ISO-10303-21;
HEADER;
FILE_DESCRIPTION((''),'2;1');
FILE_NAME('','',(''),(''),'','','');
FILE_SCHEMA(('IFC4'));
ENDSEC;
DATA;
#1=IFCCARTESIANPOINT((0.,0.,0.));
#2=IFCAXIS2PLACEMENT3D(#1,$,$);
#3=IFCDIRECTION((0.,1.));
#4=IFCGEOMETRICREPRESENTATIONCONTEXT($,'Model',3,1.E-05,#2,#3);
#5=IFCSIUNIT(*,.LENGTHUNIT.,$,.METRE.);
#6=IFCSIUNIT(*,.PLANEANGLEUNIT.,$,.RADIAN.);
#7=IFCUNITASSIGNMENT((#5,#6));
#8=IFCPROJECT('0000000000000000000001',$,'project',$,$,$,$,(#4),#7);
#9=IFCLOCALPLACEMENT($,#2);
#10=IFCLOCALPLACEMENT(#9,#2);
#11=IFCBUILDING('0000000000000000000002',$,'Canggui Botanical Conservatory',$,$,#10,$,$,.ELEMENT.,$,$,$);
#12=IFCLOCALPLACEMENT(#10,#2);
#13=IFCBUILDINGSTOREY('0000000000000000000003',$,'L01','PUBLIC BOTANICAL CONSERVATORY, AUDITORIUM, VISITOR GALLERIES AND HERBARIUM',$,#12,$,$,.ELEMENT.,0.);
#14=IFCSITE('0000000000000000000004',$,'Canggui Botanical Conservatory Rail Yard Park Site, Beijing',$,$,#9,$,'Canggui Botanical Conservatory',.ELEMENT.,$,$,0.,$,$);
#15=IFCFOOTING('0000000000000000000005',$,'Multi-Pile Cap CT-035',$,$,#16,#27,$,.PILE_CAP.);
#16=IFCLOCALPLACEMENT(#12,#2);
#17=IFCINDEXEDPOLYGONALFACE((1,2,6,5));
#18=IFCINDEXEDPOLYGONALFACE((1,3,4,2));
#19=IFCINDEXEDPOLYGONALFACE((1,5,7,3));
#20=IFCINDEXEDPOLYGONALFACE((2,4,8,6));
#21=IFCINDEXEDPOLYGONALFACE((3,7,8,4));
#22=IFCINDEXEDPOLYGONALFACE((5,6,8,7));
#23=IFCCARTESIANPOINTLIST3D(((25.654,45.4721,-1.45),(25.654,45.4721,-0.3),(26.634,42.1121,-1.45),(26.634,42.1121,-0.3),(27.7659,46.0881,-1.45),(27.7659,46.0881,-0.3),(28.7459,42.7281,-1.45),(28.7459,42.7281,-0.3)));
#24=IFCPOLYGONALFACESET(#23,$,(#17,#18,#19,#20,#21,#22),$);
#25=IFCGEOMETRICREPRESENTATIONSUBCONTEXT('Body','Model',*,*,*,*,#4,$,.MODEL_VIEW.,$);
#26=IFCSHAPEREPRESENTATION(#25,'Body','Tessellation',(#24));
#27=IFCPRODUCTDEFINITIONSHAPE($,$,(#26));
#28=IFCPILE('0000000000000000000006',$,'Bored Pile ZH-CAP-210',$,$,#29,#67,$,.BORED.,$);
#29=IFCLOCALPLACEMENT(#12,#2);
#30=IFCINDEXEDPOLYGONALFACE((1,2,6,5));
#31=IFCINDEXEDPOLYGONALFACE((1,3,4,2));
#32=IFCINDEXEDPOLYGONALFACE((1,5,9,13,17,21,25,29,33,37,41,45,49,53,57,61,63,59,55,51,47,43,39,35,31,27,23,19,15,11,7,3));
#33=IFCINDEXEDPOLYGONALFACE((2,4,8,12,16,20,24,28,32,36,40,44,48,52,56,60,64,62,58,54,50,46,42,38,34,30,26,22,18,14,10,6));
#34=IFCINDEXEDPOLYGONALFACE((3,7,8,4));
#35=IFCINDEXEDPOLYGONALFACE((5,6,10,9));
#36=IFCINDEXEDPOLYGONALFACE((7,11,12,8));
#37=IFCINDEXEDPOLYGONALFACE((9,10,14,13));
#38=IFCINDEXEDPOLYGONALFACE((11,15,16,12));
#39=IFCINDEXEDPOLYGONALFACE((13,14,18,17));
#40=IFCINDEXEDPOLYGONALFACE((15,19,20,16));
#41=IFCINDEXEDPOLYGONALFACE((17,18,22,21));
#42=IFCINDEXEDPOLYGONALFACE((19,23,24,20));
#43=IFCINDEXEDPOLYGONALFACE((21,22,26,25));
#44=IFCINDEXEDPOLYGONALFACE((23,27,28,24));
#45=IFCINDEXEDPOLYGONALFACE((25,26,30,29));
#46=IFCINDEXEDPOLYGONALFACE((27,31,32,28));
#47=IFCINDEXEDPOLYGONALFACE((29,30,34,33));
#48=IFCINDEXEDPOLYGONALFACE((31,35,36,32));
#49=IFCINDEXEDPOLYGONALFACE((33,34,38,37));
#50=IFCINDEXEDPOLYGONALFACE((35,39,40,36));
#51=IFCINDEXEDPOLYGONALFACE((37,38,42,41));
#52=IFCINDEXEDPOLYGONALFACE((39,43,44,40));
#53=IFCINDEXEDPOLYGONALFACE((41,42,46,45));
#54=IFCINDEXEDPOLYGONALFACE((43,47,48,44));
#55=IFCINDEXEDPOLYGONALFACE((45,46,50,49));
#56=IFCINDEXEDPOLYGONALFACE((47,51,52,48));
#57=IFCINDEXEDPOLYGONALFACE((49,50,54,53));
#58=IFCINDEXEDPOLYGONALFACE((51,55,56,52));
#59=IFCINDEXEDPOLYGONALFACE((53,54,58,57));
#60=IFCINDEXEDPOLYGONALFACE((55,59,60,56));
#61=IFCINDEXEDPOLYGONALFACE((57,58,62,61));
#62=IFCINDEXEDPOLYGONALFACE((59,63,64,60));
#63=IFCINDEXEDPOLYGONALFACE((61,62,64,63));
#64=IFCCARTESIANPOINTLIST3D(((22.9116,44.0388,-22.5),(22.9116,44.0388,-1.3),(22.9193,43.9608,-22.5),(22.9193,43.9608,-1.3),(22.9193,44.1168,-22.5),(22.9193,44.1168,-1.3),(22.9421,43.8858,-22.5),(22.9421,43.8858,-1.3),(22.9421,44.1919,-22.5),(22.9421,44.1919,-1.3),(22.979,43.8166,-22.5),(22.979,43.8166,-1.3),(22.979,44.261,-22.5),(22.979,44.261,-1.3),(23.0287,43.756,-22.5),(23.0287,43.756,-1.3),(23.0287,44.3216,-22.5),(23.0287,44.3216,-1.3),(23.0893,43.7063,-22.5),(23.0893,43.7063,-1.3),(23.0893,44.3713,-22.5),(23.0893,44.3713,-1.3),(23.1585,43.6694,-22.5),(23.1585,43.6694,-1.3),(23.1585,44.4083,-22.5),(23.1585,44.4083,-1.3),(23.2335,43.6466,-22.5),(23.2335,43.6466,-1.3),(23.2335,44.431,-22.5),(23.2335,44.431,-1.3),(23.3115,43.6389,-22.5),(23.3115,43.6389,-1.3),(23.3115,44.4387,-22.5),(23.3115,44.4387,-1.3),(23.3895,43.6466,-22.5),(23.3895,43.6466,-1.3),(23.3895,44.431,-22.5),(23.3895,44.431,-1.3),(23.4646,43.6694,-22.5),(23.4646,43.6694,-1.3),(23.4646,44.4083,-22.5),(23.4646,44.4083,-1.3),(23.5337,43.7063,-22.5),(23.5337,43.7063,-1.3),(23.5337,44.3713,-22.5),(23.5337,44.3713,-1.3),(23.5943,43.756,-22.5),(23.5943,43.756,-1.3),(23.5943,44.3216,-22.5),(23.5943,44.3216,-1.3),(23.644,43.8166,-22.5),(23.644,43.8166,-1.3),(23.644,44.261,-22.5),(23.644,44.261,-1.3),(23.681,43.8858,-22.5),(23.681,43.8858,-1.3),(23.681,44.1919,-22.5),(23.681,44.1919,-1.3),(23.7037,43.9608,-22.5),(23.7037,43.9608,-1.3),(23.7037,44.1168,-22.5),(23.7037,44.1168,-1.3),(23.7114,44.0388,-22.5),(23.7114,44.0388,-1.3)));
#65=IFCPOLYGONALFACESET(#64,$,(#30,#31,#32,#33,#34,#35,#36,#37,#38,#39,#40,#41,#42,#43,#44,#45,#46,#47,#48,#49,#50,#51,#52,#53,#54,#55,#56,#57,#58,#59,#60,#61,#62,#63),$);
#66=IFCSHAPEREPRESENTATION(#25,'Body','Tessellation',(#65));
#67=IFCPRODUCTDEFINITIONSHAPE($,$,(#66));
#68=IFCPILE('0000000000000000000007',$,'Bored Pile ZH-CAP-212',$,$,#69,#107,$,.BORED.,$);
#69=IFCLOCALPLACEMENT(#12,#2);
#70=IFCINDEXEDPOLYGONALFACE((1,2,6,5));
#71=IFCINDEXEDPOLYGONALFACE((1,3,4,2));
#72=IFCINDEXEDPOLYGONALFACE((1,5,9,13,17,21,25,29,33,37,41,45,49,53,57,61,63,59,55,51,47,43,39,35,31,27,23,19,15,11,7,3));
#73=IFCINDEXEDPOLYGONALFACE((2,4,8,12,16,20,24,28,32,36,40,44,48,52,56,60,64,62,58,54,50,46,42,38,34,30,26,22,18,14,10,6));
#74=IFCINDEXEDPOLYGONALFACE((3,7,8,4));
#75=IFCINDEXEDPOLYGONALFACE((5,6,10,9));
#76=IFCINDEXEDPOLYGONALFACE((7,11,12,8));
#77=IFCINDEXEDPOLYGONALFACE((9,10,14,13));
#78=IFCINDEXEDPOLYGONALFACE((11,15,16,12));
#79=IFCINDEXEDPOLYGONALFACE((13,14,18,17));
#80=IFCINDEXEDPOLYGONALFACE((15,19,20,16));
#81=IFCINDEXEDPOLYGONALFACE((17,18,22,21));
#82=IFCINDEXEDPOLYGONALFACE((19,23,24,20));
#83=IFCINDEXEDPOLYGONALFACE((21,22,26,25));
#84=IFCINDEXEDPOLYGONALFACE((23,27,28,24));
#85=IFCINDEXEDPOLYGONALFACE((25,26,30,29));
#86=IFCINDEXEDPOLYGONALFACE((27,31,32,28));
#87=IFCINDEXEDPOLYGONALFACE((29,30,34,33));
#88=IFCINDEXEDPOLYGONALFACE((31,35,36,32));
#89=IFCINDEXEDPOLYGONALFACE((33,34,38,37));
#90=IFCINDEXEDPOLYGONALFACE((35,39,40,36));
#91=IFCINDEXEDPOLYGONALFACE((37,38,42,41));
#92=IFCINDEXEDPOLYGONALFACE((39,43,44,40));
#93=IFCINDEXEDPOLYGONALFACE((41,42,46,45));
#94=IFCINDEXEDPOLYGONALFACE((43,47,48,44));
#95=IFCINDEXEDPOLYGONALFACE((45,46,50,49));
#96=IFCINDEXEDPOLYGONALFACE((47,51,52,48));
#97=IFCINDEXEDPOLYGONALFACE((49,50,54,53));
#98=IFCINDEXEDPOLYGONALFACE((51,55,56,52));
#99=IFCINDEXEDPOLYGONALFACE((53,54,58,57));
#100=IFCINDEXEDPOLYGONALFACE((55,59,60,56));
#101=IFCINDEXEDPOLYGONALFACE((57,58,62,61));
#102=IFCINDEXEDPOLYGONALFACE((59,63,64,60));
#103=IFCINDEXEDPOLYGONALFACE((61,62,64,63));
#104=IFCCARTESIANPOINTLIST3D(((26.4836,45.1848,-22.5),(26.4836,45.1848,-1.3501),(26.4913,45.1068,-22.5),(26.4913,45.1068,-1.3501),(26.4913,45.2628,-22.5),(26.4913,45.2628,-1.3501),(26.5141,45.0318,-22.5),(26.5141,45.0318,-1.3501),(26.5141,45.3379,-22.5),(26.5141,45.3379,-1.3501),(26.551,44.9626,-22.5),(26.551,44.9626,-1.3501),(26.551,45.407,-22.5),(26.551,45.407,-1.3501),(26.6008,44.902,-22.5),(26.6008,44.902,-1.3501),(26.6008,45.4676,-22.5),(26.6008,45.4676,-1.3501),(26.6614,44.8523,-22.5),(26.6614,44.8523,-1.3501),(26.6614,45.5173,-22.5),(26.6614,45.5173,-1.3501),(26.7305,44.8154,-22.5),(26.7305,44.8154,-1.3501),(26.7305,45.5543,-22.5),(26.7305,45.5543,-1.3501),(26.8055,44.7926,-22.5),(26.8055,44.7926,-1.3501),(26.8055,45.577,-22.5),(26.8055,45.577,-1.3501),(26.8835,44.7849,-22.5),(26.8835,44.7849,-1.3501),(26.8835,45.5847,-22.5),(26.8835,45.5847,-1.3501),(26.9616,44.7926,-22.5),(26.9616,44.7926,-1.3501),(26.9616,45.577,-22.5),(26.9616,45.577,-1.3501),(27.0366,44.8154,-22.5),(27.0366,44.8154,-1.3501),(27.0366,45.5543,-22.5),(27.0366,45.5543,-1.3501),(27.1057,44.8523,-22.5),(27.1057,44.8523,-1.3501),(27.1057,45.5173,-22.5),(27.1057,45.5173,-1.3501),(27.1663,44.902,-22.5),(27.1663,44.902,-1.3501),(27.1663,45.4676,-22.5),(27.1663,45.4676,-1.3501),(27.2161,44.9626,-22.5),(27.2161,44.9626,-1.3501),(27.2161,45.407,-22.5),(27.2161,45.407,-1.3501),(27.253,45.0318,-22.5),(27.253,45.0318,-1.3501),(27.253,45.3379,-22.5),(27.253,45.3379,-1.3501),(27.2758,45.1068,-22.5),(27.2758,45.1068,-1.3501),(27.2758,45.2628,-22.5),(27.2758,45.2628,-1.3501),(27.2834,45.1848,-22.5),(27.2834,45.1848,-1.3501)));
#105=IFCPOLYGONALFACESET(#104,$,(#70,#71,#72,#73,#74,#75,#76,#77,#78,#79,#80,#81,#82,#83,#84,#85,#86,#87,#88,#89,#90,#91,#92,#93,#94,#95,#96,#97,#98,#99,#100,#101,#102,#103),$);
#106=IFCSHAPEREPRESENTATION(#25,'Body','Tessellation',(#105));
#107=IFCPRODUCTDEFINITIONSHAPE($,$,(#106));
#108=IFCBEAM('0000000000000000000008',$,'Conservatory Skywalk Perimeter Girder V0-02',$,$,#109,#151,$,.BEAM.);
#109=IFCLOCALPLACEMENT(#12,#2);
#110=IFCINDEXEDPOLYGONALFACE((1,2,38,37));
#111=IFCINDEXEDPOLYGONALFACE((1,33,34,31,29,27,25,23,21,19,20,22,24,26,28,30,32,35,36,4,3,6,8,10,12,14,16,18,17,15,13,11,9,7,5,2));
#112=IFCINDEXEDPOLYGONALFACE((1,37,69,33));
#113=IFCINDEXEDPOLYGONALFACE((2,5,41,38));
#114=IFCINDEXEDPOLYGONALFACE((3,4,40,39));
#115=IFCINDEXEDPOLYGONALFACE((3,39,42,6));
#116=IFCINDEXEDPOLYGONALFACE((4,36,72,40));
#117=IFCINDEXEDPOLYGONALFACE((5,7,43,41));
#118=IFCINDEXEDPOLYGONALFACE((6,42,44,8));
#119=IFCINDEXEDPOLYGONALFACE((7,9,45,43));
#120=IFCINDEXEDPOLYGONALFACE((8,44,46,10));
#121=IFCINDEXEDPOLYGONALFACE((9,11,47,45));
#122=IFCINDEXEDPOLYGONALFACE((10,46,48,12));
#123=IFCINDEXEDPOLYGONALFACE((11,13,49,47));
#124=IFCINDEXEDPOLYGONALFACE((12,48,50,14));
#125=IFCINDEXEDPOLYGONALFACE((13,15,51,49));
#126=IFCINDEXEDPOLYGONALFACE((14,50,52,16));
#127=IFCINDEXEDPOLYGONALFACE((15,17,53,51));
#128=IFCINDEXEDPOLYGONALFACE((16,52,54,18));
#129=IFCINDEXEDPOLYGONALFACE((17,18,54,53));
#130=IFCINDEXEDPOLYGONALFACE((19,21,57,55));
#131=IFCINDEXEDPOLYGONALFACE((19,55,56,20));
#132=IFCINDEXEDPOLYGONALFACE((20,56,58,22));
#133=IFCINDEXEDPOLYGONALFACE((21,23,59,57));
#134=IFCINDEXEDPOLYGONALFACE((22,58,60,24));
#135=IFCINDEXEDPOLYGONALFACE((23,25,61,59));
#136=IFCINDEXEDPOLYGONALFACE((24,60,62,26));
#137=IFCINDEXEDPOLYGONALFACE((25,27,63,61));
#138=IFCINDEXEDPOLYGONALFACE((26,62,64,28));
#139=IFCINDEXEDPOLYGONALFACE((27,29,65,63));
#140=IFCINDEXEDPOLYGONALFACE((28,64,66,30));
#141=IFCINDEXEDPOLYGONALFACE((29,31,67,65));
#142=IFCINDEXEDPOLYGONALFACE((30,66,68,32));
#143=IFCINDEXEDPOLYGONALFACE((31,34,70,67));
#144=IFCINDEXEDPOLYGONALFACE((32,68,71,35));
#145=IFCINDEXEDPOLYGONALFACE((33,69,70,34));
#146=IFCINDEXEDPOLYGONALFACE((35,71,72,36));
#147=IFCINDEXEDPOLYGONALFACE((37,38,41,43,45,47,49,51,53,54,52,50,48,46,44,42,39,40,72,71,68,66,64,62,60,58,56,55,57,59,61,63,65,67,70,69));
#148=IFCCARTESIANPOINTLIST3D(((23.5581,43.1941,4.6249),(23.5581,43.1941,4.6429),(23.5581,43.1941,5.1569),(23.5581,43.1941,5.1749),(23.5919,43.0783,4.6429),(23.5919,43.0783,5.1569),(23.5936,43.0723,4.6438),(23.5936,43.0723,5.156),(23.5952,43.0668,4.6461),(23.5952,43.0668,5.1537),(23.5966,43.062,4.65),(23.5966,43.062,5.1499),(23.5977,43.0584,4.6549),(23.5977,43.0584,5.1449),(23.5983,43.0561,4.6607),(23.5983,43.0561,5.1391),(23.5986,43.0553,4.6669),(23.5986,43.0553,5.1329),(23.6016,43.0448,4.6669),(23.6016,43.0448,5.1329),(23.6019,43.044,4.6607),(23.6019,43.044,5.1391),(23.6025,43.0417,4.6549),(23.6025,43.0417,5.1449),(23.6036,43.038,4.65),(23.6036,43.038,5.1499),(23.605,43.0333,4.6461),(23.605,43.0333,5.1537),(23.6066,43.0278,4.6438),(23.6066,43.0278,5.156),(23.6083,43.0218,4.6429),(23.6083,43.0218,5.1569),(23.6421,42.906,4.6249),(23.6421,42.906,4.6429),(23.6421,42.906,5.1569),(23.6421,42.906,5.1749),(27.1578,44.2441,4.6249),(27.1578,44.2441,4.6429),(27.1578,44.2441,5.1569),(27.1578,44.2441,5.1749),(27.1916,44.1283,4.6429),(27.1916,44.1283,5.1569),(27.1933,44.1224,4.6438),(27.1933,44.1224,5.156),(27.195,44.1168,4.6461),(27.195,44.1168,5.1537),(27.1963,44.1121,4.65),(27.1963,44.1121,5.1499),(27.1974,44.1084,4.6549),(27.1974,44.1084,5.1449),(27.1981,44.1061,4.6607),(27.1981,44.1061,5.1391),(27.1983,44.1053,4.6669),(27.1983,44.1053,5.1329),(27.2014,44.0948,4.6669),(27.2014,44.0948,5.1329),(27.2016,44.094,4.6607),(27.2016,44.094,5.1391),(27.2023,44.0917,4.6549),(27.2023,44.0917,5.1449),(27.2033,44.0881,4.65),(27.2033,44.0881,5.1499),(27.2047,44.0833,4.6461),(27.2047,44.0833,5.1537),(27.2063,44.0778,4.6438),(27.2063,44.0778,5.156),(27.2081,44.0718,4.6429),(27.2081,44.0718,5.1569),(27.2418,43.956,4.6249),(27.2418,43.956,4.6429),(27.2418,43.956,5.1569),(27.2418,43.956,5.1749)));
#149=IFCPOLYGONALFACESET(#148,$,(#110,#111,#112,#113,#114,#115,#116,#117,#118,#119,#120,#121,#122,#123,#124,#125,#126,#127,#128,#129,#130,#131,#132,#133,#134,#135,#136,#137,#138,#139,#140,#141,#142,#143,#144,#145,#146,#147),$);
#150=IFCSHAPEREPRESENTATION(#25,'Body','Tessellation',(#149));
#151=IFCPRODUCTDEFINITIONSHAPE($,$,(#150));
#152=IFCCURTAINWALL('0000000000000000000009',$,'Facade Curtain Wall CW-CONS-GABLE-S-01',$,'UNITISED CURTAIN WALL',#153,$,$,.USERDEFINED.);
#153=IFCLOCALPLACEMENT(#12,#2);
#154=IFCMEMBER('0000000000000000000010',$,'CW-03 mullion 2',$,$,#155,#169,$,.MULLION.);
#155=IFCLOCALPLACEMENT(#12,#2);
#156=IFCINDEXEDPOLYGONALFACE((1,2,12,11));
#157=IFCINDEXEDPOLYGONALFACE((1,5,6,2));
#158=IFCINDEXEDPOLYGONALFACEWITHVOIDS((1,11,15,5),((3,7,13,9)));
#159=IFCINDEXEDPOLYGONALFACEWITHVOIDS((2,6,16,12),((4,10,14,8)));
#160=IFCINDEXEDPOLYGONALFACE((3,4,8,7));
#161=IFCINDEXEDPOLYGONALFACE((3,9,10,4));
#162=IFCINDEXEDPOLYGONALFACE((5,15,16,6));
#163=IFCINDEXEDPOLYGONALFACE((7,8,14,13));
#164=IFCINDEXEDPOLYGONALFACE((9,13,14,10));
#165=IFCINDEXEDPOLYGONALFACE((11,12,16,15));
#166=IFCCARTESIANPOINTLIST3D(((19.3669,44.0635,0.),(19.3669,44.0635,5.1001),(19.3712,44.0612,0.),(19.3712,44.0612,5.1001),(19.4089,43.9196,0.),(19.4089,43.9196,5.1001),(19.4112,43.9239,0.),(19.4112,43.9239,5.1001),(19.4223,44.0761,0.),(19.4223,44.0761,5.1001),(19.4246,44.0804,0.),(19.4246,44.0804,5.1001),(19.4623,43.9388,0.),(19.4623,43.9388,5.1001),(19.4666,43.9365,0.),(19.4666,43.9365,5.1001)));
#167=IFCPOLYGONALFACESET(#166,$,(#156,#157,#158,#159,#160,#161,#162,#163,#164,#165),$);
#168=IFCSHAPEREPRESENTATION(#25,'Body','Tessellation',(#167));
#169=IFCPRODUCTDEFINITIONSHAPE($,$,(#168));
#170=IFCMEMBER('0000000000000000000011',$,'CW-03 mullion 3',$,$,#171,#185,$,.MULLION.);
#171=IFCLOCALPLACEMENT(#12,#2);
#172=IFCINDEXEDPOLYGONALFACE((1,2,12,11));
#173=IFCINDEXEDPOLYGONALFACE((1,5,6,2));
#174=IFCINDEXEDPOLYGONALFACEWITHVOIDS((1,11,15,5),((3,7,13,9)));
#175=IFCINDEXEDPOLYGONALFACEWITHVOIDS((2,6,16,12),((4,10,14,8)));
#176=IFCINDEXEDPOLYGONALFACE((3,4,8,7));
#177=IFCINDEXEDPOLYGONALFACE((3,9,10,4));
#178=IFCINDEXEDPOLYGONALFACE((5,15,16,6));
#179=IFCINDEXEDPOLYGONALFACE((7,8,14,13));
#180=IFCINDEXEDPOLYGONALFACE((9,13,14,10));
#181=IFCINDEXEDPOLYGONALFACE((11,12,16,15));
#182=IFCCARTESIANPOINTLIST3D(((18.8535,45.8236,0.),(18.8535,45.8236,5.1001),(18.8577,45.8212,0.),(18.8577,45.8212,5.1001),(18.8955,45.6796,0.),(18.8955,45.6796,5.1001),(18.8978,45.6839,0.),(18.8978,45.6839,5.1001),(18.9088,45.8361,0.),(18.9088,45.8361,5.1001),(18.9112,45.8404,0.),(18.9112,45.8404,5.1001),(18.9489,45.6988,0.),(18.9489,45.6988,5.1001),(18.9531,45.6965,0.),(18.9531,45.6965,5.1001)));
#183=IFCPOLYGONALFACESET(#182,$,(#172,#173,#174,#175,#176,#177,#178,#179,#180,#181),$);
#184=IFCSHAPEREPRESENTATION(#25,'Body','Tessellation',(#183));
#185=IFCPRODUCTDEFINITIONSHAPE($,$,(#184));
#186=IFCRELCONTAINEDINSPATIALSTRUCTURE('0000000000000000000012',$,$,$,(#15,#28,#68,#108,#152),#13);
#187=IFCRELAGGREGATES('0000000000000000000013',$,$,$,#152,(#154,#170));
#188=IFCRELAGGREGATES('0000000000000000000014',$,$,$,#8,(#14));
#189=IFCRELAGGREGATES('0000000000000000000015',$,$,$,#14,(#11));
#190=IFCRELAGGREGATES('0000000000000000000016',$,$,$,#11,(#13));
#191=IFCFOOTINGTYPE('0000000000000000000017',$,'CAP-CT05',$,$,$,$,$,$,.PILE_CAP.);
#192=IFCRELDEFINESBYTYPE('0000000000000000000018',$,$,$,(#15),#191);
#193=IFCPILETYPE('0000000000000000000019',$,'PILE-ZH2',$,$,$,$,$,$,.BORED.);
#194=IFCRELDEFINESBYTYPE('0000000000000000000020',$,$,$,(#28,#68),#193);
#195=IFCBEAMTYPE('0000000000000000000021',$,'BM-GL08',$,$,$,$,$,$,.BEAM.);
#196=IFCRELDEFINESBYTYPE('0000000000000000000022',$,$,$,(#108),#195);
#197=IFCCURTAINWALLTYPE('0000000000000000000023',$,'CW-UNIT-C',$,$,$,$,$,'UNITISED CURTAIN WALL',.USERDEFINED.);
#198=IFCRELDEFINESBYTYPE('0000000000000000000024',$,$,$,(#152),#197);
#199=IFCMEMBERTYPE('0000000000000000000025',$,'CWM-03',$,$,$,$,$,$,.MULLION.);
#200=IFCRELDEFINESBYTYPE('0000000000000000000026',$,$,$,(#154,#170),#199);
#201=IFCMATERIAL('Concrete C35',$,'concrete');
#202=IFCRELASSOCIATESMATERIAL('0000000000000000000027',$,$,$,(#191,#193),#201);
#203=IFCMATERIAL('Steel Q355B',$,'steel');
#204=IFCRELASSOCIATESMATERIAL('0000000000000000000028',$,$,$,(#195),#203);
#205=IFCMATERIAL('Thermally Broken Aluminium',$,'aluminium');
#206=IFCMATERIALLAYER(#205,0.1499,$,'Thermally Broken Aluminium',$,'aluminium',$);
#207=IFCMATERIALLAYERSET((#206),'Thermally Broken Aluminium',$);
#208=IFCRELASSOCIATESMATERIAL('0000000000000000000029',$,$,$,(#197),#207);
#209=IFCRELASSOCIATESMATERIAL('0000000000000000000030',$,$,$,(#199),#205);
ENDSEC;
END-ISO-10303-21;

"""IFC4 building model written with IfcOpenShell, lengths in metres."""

from ifc_helpers import new_model, si_unit, direction, frame, origin, origin_2d, place, context, subcontext, project, spatial, rectangle, hollow_rectangle, circle, i_section, extrude, material, layer, layer_set, material_profile, profile_set, type_object, element, aggregate, save


model = new_model("IFC4")

# Units and contexts
model_context = context("Model", 3, precision=1e-05, world=origin(), true_north=direction((0.0, 1.0)))
body_context = subcontext(model_context, "Body", "Model", "MODEL_VIEW")
ifc_project = project(units=[si_unit("LENGTHUNIT", "METRE"), si_unit("PLANEANGLEUNIT", "RADIAN")], contexts=[model_context])

# Site, building, storey
site_placement = place(None, origin())
site = spatial("IfcSite", under=ifc_project, at=site_placement, Name="Canggui Botanical Conservatory Rail Yard Park Site, Beijing", LongName="Canggui Botanical Conservatory", CompositionType="ELEMENT", RefElevation=0.0)
building_placement = place(site_placement, origin())
building = spatial("IfcBuilding", under=site, at=building_placement, Name="Canggui Botanical Conservatory", CompositionType="ELEMENT")
storey_placement = place(building_placement, origin())
storey = spatial("IfcBuildingStorey", under=building, at=storey_placement, Name="L01", Description="PUBLIC BOTANICAL CONSERVATORY, AUDITORIUM, VISITOR GALLERIES AND HERBARIUM", CompositionType="ELEMENT", Elevation=0.0)

# Footing
ifc_material_1 = material(Name="Concrete C35", Category="concrete")
footing_type = type_object("IfcFootingType", Name="CAP-CT05", PredefinedType="PILE_CAP", material=ifc_material_1)
footing_placement = place(storey_placement, frame((27.2, 44.1001, -1.45), z_axis=(0.0, 0.0, 1.0), x_axis=(-0.28, 0.96, 0.0)))
element("IfcFooting", 1, at=footing_placement, inside=storey, type_object=footing_type, Name="Multi-Pile Cap CT-035", PredefinedType="PILE_CAP", context=body_context, shape_type="SweptSolid", body=[
    extrude(rectangle(XDim=3.5, YDim=2.2, at=origin_2d()), origin(), (0.0, 0.0, 1.0), 1.1499),
])

# Piles
ifc_material_profile_1 = material_profile(ifc_material_1, circle(Radius=0.3999, at=origin_2d()), Name="PILE D800")
ifc_profile_set_1 = profile_set([ifc_material_profile_1], Name="Concrete C35")
pile_type = type_object("IfcPileType", Name="PILE-ZH2", PredefinedType="BORED", material=ifc_profile_set_1)
pile_1_placement = place(storey_placement, frame((23.3115, 44.0388, -1.3), z_axis=(0.0, 0.0, -1.0), x_axis=(1.0, 0.0, 0.0)))
element("IfcPile", 2, at=pile_1_placement, inside=storey, type_object=pile_type, Name="Bored Pile ZH-CAP-210", PredefinedType="BORED", context=body_context, shape_type="SweptSolid", body=[
    extrude(circle(Radius=0.3999, at=origin_2d()), origin(), (0.0, 0.0, 1.0), 21.2),
])
pile_2_placement = place(storey_placement, frame((26.8835, 45.1848, -1.3501), z_axis=(0.0, 0.0, -1.0), x_axis=(1.0, 0.0, 0.0)))
element("IfcPile", 3, at=pile_2_placement, inside=storey, type_object=pile_type, Name="Bored Pile ZH-CAP-212", PredefinedType="BORED", context=body_context, shape_type="SweptSolid", body=[
    extrude(circle(Radius=0.3999, at=origin_2d()), origin(), (0.0, 0.0, 1.0), 21.1499),
])

# Beam
ifc_material_2 = material(Name="Steel Q355B", Category="steel")
ifc_material_profile_2 = material_profile(ifc_material_2, i_section(OverallWidth=0.3, OverallDepth=0.55, WebThickness=0.011, FlangeThickness=0.0181, FilletRadius=0.0239, at=origin_2d()), Name="HM 550x300x11x18")
ifc_profile_set_2 = profile_set([ifc_material_profile_2], Name="Steel Q355B")
beam_type = type_object("IfcBeamType", Name="BM-GL08", PredefinedType="BEAM", material=ifc_profile_set_2)
beam_placement = place(storey_placement, frame((23.6001, 43.05, 4.8999), z_axis=(0.959993, 0.280023, 0.0), x_axis=(-0.280023, 0.959993, 0.0)))
element("IfcBeam", 4, at=beam_placement, inside=storey, type_object=beam_type, Name="Conservatory Skywalk Perimeter Girder V0-02", PredefinedType="BEAM", context=body_context, shape_type="SweptSolid", body=[
    extrude(i_section(OverallWidth=0.3, OverallDepth=0.55, WebThickness=0.011, FlangeThickness=0.0181, FilletRadius=0.0239, at=origin_2d()), origin(), (0.0, 0.0, 1.0), 3.7498),
])

# Curtain wall, members
ifc_material_3 = material(Name="Thermally Broken Aluminium", Category="aluminium")
ifc_layer_1 = layer(ifc_material_3, 0.1499, Name="Thermally Broken Aluminium", Category="aluminium")
ifc_layer_set_1 = layer_set([ifc_layer_1], Name="Thermally Broken Aluminium")
curtain_wall_type_1 = type_object("IfcCurtainWallType", Name="CW-UNIT-C", ElementType="UNITISED CURTAIN WALL", PredefinedType="USERDEFINED", material=ifc_layer_set_1)
curtain_wall_1_placement = place(storey_placement, origin())
curtain_wall_1 = element("IfcCurtainWall", 5, at=curtain_wall_1_placement, inside=storey, type_object=curtain_wall_type_1, Name="Facade Curtain Wall CW-CONS-GABLE-S-01", ObjectType="UNITISED CURTAIN WALL", PredefinedType="USERDEFINED")
ifc_material_profile_3 = material_profile(ifc_material_3, hollow_rectangle(XDim=0.0601, YDim=0.1499, WallThickness=0.0034, at=origin_2d()), Name="CWM 60x150x3.5")
ifc_profile_set_3 = profile_set([ifc_material_profile_3], Name="Thermally Broken Aluminium")
member_type_1 = type_object("IfcMemberType", Name="CWM-03", PredefinedType="MULLION", material=ifc_profile_set_3)
member_1_placement = place(storey_placement, frame((19.4167, 44.0, 0.0), z_axis=(0.0, 0.0, 1.0), x_axis=(-0.96, -0.28, 0.0)))
member_1 = element("IfcMember", 6, at=member_1_placement, type_object=member_type_1, Name="CW-03 mullion 2", PredefinedType="MULLION", context=body_context, shape_type="SweptSolid", body=[
    extrude(hollow_rectangle(XDim=0.0601, YDim=0.1499, WallThickness=0.0034, at=origin_2d()), origin(), (0.0, 0.0, 1.0), 5.1001),
])
member_2_placement = place(storey_placement, frame((18.9033, 45.76, 0.0), z_axis=(0.0, 0.0, 1.0), x_axis=(-0.96, -0.28, 0.0)))
member_2 = element("IfcMember", 7, at=member_2_placement, type_object=member_type_1, Name="CW-03 mullion 3", PredefinedType="MULLION", context=body_context, shape_type="SweptSolid", body=[
    extrude(hollow_rectangle(XDim=0.0601, YDim=0.1499, WallThickness=0.0034, at=origin_2d()), origin(), (0.0, 0.0, 1.0), 5.1001),
])

aggregate(curtain_wall_1, [member_1, member_2])

save(model, "model.ifc")
